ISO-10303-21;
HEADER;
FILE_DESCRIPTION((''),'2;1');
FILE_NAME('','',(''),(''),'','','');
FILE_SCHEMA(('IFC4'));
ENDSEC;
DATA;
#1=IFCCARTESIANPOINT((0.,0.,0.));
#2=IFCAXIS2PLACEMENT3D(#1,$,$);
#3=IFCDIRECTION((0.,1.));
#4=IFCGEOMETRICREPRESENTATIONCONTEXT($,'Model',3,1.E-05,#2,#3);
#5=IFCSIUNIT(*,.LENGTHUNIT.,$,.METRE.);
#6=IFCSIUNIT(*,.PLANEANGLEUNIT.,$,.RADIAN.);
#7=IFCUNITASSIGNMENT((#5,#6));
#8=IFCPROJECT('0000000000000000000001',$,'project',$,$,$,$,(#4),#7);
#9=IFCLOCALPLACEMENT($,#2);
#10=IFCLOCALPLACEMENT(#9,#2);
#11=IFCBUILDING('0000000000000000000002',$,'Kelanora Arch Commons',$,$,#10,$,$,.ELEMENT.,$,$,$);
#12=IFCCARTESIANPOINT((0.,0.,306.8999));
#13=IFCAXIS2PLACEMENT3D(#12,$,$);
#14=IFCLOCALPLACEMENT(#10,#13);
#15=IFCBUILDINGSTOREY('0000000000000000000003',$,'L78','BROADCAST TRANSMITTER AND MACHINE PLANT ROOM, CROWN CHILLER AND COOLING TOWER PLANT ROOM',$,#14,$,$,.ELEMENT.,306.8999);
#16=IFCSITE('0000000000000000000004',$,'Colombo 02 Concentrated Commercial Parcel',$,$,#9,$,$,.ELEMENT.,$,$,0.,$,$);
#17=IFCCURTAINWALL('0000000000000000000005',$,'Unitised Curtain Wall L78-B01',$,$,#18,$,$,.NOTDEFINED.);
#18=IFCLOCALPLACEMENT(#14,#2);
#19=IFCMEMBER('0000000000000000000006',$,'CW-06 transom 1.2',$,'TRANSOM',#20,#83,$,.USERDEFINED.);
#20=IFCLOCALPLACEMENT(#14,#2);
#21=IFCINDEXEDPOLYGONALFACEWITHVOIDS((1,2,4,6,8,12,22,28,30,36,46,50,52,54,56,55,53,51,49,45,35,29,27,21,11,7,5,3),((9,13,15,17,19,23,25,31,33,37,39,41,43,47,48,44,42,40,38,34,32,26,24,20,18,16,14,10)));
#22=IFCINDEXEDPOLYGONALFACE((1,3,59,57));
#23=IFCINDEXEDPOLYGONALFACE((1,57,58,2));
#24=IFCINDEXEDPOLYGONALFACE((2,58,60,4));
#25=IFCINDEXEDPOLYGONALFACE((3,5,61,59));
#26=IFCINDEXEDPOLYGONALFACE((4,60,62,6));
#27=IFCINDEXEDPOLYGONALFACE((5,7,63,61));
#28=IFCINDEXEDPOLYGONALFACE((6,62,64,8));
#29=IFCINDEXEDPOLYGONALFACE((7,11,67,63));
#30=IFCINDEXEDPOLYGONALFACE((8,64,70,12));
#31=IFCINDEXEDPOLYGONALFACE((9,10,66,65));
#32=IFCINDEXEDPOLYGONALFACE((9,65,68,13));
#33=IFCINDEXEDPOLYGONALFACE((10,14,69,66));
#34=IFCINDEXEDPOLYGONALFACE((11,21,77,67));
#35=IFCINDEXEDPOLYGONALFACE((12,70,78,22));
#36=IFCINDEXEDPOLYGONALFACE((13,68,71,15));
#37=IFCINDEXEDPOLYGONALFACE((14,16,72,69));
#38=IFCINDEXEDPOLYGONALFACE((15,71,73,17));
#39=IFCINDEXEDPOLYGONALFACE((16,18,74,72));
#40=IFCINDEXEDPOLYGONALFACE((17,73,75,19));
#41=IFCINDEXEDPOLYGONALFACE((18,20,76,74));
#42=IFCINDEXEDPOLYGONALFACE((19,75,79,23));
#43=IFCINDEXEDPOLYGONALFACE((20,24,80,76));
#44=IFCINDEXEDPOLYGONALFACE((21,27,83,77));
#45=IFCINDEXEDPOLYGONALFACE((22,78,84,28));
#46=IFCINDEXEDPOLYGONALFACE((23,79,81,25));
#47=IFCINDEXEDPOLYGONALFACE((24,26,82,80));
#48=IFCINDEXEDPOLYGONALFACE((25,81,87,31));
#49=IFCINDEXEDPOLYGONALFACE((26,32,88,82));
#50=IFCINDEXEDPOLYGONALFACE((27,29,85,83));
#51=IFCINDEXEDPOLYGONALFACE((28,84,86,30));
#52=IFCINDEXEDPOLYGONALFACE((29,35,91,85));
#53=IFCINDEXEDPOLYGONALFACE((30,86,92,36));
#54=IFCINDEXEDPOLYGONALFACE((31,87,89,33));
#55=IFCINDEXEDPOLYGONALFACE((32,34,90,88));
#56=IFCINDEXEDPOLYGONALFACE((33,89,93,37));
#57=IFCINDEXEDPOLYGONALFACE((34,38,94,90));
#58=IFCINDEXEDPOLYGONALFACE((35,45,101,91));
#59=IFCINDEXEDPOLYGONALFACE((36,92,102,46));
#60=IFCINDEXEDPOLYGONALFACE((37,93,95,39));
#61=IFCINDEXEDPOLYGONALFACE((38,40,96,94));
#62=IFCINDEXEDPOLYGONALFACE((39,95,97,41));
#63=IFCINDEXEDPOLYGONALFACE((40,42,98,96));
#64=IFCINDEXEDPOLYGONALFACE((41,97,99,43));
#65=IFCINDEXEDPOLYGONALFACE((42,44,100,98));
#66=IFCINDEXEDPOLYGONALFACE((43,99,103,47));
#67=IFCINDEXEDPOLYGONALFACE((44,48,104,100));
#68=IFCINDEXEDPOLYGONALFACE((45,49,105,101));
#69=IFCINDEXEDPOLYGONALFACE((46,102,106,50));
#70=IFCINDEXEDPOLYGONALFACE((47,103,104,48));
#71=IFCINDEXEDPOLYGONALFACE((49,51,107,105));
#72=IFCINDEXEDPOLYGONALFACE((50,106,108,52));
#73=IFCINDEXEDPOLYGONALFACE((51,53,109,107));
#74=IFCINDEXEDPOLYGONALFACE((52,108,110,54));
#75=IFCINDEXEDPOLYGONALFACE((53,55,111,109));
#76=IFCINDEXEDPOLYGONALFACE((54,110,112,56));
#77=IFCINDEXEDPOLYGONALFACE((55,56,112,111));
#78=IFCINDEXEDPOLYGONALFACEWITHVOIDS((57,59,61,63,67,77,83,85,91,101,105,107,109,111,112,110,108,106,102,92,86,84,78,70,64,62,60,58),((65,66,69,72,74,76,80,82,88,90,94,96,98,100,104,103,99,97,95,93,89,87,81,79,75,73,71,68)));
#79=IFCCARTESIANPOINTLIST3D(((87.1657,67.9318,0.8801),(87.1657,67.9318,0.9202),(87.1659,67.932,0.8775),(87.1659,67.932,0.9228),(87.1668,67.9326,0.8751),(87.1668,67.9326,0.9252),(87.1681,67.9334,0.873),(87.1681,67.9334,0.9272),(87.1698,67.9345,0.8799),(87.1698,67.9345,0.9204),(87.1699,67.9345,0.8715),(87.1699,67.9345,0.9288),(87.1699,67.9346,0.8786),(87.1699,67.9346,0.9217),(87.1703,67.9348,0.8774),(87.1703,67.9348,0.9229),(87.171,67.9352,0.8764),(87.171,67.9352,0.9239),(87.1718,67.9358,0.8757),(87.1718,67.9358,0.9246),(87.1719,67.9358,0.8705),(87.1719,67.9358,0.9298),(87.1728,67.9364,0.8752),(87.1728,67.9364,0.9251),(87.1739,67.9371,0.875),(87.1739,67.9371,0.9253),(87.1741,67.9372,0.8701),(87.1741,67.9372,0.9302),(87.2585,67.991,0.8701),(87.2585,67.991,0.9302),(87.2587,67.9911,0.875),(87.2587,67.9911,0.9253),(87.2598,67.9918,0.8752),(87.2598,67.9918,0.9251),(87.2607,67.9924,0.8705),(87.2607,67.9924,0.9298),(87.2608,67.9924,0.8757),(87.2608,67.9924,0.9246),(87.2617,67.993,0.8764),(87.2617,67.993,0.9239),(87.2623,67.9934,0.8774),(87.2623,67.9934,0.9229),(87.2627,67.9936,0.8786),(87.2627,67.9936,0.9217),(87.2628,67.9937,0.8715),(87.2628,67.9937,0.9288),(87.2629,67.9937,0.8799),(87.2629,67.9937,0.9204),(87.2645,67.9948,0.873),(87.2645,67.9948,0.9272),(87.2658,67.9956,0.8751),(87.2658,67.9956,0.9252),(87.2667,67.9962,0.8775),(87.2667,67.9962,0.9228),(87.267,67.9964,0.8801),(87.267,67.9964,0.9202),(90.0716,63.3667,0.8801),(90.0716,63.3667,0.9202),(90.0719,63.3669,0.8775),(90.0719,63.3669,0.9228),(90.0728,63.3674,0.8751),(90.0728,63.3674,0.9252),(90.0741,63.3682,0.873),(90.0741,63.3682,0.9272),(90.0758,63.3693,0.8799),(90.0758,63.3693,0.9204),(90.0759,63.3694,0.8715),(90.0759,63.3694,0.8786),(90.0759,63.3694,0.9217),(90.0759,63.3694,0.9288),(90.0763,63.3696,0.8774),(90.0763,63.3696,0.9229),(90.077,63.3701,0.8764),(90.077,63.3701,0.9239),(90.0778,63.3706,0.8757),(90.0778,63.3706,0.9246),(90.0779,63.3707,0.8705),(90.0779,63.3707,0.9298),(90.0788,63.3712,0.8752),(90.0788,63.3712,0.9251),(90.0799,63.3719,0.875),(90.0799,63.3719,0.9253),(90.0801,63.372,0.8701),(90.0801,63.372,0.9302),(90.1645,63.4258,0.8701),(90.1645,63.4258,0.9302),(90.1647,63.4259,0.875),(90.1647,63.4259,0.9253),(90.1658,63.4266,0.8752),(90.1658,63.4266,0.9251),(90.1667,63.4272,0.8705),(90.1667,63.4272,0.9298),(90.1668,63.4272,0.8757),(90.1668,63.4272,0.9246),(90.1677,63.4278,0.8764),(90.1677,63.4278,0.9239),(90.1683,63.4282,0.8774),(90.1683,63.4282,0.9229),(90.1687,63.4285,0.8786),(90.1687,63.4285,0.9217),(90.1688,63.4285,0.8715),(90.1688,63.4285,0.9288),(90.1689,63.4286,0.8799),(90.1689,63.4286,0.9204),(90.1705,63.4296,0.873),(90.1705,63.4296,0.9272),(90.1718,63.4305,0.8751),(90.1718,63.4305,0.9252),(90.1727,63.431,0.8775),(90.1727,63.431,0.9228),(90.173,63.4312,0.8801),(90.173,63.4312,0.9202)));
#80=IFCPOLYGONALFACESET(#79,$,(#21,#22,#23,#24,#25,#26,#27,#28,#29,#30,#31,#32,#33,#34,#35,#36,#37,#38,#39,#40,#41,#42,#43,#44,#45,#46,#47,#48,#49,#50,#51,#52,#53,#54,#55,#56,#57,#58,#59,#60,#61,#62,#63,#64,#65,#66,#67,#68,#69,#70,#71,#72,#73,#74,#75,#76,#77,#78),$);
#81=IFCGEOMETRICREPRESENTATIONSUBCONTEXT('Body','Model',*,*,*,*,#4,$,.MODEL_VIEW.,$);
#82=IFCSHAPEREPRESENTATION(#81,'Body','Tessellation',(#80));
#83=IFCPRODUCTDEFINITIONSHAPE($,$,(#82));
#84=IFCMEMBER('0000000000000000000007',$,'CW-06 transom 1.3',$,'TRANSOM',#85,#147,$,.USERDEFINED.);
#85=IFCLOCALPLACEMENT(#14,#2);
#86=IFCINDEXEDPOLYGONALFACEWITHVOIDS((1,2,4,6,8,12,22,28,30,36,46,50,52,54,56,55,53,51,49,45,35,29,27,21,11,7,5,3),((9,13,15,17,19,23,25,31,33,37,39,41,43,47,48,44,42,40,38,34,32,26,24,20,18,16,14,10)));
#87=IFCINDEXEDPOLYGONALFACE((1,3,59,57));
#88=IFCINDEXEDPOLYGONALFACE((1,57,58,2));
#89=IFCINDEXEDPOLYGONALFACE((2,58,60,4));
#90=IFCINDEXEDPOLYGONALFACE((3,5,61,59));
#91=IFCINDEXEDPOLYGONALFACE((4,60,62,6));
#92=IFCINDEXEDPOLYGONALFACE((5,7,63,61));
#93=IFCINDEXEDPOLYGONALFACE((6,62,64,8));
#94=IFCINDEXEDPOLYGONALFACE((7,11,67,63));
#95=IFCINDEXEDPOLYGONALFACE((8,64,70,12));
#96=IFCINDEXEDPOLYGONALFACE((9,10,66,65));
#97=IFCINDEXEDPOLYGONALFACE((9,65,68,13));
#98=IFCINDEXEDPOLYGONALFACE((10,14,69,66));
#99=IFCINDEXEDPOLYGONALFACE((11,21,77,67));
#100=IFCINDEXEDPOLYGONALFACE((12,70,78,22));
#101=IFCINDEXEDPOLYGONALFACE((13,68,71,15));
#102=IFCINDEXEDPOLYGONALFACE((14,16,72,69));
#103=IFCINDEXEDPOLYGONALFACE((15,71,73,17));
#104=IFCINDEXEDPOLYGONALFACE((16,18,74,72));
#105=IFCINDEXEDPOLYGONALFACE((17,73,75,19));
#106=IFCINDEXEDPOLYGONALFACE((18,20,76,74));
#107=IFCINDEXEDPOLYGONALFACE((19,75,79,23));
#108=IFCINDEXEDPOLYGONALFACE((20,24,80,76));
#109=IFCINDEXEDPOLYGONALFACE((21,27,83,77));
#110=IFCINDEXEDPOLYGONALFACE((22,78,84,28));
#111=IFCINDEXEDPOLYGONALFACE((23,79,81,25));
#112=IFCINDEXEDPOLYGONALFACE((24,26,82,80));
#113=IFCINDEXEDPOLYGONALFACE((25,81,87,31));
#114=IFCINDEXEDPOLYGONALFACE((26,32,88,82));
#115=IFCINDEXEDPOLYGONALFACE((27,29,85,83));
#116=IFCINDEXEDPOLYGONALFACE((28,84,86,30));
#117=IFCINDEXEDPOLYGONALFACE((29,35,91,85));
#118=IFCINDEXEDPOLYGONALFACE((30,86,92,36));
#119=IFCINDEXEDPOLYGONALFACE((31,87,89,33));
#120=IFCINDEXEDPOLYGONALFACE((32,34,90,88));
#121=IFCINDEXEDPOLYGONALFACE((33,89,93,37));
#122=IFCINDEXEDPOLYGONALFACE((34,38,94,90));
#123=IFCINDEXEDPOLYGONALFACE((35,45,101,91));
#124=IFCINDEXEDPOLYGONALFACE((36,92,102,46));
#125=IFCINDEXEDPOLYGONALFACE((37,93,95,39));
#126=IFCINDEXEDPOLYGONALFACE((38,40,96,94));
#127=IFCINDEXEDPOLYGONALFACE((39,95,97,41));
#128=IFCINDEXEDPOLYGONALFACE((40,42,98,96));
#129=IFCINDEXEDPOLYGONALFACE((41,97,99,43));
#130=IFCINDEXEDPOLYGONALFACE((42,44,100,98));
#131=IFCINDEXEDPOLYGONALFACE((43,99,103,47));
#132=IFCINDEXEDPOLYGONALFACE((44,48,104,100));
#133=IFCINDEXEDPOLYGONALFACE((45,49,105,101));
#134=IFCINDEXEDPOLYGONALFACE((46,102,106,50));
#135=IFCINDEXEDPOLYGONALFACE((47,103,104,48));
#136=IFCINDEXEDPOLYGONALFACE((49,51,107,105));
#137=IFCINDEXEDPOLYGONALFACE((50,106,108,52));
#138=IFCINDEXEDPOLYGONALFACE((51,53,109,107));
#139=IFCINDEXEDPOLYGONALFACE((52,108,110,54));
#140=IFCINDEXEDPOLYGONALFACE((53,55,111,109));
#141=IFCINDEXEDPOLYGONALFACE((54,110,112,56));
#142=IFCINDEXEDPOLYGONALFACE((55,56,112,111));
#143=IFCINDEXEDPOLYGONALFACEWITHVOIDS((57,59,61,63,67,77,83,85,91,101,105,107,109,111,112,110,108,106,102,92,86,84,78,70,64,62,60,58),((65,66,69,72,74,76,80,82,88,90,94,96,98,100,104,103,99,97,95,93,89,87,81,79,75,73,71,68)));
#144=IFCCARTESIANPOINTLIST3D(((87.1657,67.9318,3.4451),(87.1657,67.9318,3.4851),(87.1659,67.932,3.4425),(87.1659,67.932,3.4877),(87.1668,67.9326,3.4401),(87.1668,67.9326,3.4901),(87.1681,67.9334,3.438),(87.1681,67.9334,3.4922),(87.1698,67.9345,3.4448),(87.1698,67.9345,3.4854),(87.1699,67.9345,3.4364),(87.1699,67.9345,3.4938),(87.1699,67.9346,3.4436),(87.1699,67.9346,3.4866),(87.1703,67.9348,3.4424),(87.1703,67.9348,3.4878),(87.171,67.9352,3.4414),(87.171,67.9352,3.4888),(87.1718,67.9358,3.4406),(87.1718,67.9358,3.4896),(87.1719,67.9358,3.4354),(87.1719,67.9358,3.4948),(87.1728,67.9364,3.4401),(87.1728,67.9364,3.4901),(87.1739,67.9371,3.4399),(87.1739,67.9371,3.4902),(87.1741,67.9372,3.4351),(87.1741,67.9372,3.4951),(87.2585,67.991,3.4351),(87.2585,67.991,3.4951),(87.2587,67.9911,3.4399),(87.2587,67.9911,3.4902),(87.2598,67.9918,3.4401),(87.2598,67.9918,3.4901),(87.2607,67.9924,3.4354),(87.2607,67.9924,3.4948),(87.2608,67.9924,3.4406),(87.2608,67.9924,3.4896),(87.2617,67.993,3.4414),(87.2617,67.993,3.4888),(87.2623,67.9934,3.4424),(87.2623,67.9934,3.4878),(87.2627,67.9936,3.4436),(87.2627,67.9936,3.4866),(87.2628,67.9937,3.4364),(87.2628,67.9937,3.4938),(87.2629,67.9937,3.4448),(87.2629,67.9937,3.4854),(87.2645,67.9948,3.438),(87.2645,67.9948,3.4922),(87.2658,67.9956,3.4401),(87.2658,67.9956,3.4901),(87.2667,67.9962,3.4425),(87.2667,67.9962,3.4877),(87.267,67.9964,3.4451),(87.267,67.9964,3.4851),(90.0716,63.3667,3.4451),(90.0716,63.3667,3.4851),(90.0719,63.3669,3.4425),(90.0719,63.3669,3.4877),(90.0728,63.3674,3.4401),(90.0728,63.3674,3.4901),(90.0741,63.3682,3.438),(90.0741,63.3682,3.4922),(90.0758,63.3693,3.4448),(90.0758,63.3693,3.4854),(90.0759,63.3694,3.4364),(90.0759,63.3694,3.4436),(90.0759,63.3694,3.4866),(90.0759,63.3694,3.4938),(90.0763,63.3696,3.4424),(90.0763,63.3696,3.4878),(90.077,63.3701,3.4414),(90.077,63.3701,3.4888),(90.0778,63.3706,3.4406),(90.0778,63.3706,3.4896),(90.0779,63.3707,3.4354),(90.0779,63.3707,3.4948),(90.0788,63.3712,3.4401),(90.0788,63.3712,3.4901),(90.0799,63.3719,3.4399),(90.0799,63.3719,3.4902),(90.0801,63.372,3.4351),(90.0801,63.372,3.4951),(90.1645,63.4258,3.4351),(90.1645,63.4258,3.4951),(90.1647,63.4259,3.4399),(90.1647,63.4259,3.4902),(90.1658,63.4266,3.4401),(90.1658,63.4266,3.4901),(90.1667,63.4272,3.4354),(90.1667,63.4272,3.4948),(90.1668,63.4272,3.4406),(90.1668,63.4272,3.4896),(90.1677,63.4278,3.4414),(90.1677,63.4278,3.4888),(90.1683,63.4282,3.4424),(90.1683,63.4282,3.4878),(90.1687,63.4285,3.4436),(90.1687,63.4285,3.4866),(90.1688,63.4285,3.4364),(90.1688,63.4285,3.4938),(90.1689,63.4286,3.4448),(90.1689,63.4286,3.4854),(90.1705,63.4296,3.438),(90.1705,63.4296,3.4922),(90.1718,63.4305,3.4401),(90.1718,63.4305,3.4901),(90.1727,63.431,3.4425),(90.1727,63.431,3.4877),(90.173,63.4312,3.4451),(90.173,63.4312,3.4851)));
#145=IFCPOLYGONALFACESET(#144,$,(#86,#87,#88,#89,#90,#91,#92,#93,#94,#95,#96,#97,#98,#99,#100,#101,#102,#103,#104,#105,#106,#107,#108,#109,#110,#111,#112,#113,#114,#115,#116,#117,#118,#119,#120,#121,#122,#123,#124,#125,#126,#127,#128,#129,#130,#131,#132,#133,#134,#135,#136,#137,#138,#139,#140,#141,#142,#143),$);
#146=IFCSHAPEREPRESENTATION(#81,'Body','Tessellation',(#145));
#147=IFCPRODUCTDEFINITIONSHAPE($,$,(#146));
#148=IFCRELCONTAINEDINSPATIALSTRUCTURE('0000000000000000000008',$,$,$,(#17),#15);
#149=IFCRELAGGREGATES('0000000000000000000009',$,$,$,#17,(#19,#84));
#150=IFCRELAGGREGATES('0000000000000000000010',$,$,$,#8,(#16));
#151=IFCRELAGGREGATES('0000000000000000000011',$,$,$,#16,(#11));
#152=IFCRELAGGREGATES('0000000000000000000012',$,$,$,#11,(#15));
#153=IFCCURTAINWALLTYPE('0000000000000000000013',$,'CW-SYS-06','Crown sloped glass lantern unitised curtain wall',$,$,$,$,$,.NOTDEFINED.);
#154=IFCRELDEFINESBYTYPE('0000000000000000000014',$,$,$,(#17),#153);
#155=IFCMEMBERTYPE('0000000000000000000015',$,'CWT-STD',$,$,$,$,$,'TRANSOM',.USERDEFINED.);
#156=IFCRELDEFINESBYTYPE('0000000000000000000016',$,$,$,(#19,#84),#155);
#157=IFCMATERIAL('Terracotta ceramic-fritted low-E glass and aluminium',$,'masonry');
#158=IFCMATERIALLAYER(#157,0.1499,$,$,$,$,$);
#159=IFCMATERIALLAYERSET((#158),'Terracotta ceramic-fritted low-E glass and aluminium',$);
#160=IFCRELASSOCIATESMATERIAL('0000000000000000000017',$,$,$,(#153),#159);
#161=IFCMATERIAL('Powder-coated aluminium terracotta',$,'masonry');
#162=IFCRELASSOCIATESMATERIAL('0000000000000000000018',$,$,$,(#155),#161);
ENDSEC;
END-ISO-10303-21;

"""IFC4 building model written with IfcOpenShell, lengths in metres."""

from ifc_helpers import new_model, si_unit, direction, frame, origin, origin_2d, place, context, subcontext, project, spatial, hollow_rectangle, extrude, material, layer, layer_set, material_profile, profile_set, type_object, element, aggregate, save


model = new_model("IFC4")

# Units and contexts
model_context = context("Model", 3, precision=1e-05, world=origin(), true_north=direction((0.0, 1.0)))
body_context = subcontext(model_context, "Body", "Model", "MODEL_VIEW")
ifc_project = project(units=[si_unit("LENGTHUNIT", "METRE"), si_unit("PLANEANGLEUNIT", "RADIAN")], contexts=[model_context])

# Site, building, storey
site_placement = place(None, origin())
site = spatial("IfcSite", under=ifc_project, at=site_placement, Name="Colombo 02 Concentrated Commercial Parcel", CompositionType="ELEMENT", RefElevation=0.0)
building_placement = place(site_placement, origin())
building = spatial("IfcBuilding", under=site, at=building_placement, Name="Kelanora Arch Commons", CompositionType="ELEMENT")
storey_placement = place(building_placement, frame((0.0, 0.0, 306.8999)))
storey = spatial("IfcBuildingStorey", under=building, at=storey_placement, Name="L78", Description="BROADCAST TRANSMITTER AND MACHINE PLANT ROOM, CROWN CHILLER AND COOLING TOWER PLANT ROOM", CompositionType="ELEMENT", Elevation=306.8999)

# Shared definitions
ifc_material_1 = material(Name="Terracotta ceramic-fritted low-E glass and aluminium", Category="masonry")
ifc_layer_1 = layer(ifc_material_1, 0.1499)
ifc_layer_set_1 = layer_set([ifc_layer_1], Name="Terracotta ceramic-fritted low-E glass and aluminium")
curtain_wall_type = type_object("IfcCurtainWallType", Name="CW-SYS-06", Description="Crown sloped glass lantern unitised curtain wall", PredefinedType="NOTDEFINED", material=ifc_layer_set_1)
ifc_material_2 = material(Name="Powder-coated aluminium terracotta", Category="masonry")

# Curtain wall
curtain_wall_1_placement = place(storey_placement, origin())
curtain_wall_1 = element("IfcCurtainWall", 1, at=curtain_wall_1_placement, inside=storey, type_object=curtain_wall_type, Name="Unitised Curtain Wall L78-B01", PredefinedType="NOTDEFINED")

# Members
ifc_material_profile_1 = material_profile(ifc_material_2, hollow_rectangle(XDim=0.1201, YDim=0.0601, WallThickness=0.0049, InnerFilletRadius=0.0049, OuterFilletRadius=0.01, at=origin_2d()), Name="CWT120x60")
ifc_profile_set_1 = profile_set([ifc_material_profile_1], Name="Powder-coated aluminium terracotta")
member_type_1 = type_object("IfcMemberType", Name="CWT-STD", ElementType="TRANSOM", PredefinedType="USERDEFINED", material=ifc_profile_set_1)
member_1_placement = place(storey_placement, frame((90.1223, 63.3989, 0.9001), z_axis=(-0.536992, 0.843587, 0.0), x_axis=(-0.843587, -0.536992, 0.0)))
member_1 = element("IfcMember", 2, at=member_1_placement, type_object=member_type_1, Name="CW-06 transom 1.2", ObjectType="TRANSOM", PredefinedType="USERDEFINED", context=body_context, shape_type="SweptSolid", body=[
    extrude(hollow_rectangle(XDim=0.1201, YDim=0.0601, WallThickness=0.0049, InnerFilletRadius=0.0049, OuterFilletRadius=0.01, at=origin_2d()), origin(), (0.0, 0.0, 1.0), 5.4116),
])
member_2_placement = place(storey_placement, frame((90.1223, 63.3989, 3.4651), z_axis=(-0.536992, 0.843587, 0.0), x_axis=(-0.843587, -0.536992, 0.0)))
member_2 = element("IfcMember", 3, at=member_2_placement, type_object=member_type_1, Name="CW-06 transom 1.3", ObjectType="TRANSOM", PredefinedType="USERDEFINED", context=body_context, shape_type="SweptSolid", body=[
    extrude(hollow_rectangle(XDim=0.1201, YDim=0.0601, WallThickness=0.0049, InnerFilletRadius=0.0049, OuterFilletRadius=0.01, at=origin_2d()), origin(), (0.0, 0.0, 1.0), 5.4116),
])
aggregate(curtain_wall_1, [member_1, member_2])

save(model, "model.ifc")
